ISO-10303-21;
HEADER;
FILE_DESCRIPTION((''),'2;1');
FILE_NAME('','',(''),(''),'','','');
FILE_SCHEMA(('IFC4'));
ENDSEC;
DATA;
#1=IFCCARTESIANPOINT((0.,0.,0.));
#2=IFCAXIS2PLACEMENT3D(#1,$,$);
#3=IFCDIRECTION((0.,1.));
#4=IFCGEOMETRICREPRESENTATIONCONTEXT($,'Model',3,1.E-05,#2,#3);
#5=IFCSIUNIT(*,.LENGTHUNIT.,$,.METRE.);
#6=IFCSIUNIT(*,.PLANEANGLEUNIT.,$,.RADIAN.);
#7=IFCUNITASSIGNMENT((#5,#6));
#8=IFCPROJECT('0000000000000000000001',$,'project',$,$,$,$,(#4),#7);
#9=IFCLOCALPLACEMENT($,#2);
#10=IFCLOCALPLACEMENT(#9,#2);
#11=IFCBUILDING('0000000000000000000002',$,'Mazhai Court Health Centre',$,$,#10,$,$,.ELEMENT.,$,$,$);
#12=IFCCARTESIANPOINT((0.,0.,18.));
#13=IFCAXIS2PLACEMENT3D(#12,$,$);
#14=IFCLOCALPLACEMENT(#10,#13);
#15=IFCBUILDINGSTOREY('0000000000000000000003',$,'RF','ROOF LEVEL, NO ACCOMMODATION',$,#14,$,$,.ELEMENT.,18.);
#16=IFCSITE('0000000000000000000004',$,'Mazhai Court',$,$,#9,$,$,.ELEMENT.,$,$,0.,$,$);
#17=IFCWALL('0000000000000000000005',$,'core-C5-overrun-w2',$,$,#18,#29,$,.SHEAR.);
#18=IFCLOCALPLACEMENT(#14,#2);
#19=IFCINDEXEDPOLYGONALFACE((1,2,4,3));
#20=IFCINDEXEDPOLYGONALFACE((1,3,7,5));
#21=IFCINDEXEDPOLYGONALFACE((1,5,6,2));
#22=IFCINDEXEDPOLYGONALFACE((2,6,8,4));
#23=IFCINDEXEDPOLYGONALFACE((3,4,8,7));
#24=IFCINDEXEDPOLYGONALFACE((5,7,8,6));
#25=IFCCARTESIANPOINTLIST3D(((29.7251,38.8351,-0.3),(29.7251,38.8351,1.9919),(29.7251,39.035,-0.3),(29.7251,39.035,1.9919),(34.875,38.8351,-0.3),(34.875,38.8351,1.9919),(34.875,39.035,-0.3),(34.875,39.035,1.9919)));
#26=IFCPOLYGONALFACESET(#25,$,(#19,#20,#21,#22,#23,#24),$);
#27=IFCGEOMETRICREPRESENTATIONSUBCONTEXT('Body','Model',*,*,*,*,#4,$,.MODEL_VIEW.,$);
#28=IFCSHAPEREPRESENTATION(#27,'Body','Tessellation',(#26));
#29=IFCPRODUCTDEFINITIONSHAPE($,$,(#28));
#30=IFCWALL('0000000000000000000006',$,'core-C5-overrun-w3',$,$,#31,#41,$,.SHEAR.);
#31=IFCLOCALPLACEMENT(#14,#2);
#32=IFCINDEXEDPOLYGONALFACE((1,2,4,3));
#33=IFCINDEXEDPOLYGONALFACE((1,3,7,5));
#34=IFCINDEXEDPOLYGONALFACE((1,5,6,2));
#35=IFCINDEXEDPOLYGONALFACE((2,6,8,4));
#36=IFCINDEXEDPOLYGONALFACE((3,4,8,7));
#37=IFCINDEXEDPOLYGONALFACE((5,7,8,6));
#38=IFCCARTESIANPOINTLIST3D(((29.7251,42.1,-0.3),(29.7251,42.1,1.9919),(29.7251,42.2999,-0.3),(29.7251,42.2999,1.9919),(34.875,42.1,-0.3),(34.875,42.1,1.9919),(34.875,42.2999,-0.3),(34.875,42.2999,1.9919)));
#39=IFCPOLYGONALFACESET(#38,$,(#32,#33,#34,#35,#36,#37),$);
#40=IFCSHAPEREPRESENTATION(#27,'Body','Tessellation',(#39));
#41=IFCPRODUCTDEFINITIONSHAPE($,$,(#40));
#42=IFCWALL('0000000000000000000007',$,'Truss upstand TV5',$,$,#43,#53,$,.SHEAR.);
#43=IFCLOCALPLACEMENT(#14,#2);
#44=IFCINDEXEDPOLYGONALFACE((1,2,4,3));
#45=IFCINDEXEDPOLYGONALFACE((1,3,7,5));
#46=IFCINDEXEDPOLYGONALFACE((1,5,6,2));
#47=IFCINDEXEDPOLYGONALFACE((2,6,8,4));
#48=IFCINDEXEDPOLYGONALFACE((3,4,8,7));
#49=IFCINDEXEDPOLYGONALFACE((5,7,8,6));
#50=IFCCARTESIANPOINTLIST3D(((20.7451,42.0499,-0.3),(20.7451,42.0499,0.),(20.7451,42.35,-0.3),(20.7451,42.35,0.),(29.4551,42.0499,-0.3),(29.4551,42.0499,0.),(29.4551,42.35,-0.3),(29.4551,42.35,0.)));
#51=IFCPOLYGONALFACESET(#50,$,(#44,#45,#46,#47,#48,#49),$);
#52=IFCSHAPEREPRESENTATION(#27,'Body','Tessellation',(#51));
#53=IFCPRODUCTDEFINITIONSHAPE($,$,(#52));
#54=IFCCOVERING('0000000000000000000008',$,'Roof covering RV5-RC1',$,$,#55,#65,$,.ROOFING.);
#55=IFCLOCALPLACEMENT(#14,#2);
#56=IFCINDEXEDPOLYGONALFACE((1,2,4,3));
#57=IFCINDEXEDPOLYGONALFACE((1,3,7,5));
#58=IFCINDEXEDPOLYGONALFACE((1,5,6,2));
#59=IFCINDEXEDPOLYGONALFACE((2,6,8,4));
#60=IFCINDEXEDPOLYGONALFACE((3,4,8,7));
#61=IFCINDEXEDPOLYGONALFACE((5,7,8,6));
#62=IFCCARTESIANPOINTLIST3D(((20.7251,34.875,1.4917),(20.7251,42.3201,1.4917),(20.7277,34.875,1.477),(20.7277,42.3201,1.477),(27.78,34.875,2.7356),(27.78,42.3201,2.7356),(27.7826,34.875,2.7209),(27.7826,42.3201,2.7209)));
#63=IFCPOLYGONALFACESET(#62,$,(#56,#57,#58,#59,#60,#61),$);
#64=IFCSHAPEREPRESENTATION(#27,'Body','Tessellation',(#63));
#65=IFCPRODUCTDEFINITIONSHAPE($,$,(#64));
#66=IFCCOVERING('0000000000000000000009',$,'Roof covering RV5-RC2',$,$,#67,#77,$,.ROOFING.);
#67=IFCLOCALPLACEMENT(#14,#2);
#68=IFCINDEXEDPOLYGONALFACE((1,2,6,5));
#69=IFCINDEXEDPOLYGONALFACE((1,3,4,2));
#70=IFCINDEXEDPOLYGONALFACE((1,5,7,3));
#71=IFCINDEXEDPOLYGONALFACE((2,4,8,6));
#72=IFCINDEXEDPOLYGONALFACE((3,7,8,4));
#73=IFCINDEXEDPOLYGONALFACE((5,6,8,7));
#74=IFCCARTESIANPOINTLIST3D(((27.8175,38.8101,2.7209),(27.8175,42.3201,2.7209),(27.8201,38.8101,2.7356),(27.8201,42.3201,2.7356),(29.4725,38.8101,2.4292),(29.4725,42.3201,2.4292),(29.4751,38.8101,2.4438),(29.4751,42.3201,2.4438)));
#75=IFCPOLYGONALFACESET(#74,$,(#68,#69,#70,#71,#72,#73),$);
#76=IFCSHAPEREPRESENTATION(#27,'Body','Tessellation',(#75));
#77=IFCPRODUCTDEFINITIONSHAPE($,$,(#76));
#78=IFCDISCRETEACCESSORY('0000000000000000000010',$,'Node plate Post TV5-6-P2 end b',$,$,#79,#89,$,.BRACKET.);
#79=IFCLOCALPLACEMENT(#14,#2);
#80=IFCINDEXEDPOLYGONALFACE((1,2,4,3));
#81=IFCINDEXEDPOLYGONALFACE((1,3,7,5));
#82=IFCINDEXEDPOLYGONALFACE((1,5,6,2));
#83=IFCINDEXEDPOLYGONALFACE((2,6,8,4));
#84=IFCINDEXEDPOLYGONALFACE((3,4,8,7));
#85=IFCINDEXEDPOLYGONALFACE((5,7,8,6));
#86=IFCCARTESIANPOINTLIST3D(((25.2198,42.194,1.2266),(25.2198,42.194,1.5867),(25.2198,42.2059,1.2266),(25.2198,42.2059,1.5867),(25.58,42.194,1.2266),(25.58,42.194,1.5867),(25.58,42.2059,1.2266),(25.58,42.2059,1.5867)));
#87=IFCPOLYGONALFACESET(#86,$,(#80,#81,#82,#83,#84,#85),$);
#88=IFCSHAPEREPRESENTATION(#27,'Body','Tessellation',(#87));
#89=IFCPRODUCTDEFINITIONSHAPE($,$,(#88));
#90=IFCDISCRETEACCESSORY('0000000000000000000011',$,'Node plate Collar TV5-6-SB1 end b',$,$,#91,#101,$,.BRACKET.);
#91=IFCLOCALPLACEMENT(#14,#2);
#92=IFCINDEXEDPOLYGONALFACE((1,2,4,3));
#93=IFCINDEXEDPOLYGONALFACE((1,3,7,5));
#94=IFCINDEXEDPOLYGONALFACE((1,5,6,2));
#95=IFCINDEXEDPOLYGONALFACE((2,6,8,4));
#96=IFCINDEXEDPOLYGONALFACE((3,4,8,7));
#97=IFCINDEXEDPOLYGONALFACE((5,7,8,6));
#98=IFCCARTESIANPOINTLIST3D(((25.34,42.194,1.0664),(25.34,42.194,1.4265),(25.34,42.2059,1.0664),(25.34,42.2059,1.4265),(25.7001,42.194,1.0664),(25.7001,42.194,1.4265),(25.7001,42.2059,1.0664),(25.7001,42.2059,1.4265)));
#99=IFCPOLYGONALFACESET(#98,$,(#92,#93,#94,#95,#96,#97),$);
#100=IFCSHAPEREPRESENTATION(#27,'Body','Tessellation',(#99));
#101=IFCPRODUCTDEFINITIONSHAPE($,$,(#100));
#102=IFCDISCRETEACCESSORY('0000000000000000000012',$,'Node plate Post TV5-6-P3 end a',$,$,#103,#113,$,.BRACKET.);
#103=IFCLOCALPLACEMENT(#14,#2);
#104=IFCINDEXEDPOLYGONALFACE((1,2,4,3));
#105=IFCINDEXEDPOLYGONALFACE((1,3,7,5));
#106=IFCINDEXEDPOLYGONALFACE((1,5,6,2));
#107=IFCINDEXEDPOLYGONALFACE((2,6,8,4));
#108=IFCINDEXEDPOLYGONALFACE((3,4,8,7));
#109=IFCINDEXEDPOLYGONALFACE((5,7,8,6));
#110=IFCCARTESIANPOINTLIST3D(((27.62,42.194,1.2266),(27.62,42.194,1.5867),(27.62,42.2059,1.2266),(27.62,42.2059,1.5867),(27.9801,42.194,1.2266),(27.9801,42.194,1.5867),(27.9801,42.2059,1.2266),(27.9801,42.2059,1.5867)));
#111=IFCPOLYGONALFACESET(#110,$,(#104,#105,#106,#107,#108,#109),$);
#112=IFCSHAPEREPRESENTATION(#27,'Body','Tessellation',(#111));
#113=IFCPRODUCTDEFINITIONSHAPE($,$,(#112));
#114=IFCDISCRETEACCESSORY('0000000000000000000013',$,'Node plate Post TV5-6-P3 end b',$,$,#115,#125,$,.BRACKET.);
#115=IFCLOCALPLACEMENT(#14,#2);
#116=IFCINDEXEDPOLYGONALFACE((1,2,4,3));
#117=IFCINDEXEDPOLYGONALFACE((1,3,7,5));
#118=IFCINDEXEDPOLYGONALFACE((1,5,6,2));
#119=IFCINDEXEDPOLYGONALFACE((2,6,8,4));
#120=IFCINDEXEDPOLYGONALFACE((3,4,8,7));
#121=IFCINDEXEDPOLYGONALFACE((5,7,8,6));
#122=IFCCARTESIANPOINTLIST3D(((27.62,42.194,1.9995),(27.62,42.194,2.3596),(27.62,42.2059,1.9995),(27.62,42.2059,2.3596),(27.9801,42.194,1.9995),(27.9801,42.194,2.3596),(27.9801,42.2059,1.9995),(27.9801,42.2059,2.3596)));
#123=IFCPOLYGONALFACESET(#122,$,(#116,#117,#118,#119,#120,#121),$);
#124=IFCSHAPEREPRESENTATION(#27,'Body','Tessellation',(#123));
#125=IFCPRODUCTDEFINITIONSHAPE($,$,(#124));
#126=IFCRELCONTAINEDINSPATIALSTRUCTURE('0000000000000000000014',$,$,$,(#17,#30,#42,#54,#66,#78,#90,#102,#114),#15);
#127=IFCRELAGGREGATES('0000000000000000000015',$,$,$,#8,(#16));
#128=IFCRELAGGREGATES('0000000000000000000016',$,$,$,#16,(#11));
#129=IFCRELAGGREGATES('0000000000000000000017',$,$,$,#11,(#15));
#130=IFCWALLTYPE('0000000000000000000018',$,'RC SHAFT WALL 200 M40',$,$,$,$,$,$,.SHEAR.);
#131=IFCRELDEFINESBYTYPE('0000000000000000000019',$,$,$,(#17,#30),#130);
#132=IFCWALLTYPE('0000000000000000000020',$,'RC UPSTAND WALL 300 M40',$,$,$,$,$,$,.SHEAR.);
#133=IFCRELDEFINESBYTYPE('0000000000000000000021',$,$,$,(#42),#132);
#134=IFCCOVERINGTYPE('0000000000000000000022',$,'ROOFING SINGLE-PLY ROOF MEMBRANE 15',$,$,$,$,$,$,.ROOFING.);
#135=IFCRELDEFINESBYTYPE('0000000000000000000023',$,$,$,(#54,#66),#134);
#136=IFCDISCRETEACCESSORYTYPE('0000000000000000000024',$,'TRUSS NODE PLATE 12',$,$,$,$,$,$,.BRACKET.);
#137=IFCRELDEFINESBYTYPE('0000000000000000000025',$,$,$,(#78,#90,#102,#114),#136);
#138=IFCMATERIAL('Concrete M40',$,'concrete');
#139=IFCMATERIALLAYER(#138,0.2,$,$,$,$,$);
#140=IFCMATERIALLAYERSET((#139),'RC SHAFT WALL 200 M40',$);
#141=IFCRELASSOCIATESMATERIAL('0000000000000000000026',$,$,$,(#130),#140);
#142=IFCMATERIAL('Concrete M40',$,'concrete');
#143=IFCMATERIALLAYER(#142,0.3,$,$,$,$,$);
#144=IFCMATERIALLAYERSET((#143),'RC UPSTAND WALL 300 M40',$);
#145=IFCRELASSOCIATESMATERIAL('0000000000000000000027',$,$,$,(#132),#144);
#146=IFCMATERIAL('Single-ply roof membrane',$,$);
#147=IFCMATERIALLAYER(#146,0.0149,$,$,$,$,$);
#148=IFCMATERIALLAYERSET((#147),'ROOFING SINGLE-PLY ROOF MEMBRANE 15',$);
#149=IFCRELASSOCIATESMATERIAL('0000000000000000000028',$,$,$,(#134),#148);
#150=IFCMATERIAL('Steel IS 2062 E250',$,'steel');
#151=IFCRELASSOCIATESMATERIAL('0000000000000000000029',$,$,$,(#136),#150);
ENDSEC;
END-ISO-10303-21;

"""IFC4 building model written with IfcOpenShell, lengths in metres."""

from ifc_helpers import new_model, si_unit, direction, frame, frame_2d, origin, origin_2d, place, context, subcontext, project, spatial, polyline, rectangle, outline, extrude, material, layer, layer_set, type_object, element, save


model = new_model("IFC4")

# Units and contexts
model_context = context("Model", 3, precision=1e-05, world=origin(), true_north=direction((0.0, 1.0)))
body_context = subcontext(model_context, "Body", "Model", "MODEL_VIEW")
ifc_project = project(units=[si_unit("LENGTHUNIT", "METRE"), si_unit("PLANEANGLEUNIT", "RADIAN")], contexts=[model_context])

# Site, building, storey
site_placement = place(None, origin())
site = spatial("IfcSite", under=ifc_project, at=site_placement, Name="Mazhai Court", CompositionType="ELEMENT", RefElevation=0.0)
building_placement = place(site_placement, origin())
building = spatial("IfcBuilding", under=site, at=building_placement, Name="Mazhai Court Health Centre", CompositionType="ELEMENT")
storey_placement = place(building_placement, frame((0.0, 0.0, 18.0)))
storey = spatial("IfcBuildingStorey", under=building, at=storey_placement, Name="RF", Description="ROOF LEVEL, NO ACCOMMODATION", CompositionType="ELEMENT", Elevation=18.0)

# Walls
ifc_material_1 = material(Name="Concrete M40", Category="concrete")
ifc_layer_1 = layer(ifc_material_1, 0.2)
ifc_layer_set_1 = layer_set([ifc_layer_1], Name="RC SHAFT WALL 200 M40")
wall_type_1 = type_object("IfcWallType", Name="RC SHAFT WALL 200 M40", PredefinedType="SHEAR", material=ifc_layer_set_1)
for number, where, z_axis, x_axis, name in (
    (1, (29.7251, 38.9351, -0.3), (0.0, 0.0, 1.0), (1.0, 0.0, 0.0), "core-C5-overrun-w2"),
    (2, (29.7251, 42.2, -0.3), (0.0, 0.0, 1.0), (1.0, 0.0, 0.0), "core-C5-overrun-w3"),
):
    element("IfcWall", number, at=place(storey_placement, frame(where, z_axis=z_axis, x_axis=x_axis)), inside=storey, type_object=wall_type_1, Name=name, PredefinedType="SHEAR", context=body_context, shape_type="SweptSolid", body=[
        extrude(rectangle(XDim=5.1499, YDim=0.2, at=frame_2d((2.575, 0.0))), origin(), (0.0, 0.0, 1.0), 2.292),
    ])
ifc_material_2 = material(Name="Concrete M40", Category="concrete")
ifc_layer_2 = layer(ifc_material_2, 0.3)
ifc_layer_set_2 = layer_set([ifc_layer_2], Name="RC UPSTAND WALL 300 M40")
wall_type_2 = type_object("IfcWallType", Name="RC UPSTAND WALL 300 M40", PredefinedType="SHEAR", material=ifc_layer_set_2)
wall_1_placement = place(storey_placement, frame((29.4551, 42.2, -0.3), z_axis=(0.0, 0.0, 1.0), x_axis=(-1.0, 0.0, 0.0)))
element("IfcWall", 3, at=wall_1_placement, inside=storey, type_object=wall_type_2, Name="Truss upstand TV5", PredefinedType="SHEAR", context=body_context, shape_type="SweptSolid", body=[
    extrude(rectangle(XDim=8.71, YDim=0.3, at=frame_2d((4.355, 0.0))), origin(), (0.0, 0.0, 1.0), 0.3),
])

# Coverings
ifc_material_3 = material(Name="Single-ply roof membrane")
ifc_layer_3 = layer(ifc_material_3, 0.0149)
ifc_layer_set_3 = layer_set([ifc_layer_3], Name="ROOFING SINGLE-PLY ROOF MEMBRANE 15")
covering_type = type_object("IfcCoveringType", Name="ROOFING SINGLE-PLY ROOF MEMBRANE 15", PredefinedType="ROOFING", material=ifc_layer_set_3)
covering_1_placement = place(storey_placement, frame((27.78, 42.3201, 2.7356), z_axis=(-0.173638, 0.0, 0.98481), x_axis=(0.0, -1.0, 0.0)))
element("IfcCovering", 4, at=covering_1_placement, inside=storey, type_object=covering_type, Name="Roof covering RV5-RC1", PredefinedType="ROOFING", context=body_context, shape_type="SweptSolid", body=[
    extrude(outline(polyline([(0.0, 0.0), (7.4451, 0.0), (7.4451, -7.1638), (0.0, -7.1638), (0.0, 0.0)])), origin(), (0.0, 0.0, -1.0), 0.0149),
])
covering_2_placement = place(storey_placement, frame((27.8201, 42.3201, 2.7356), z_axis=(0.173603, 0.0, 0.984816), x_axis=(0.984816, 0.0, -0.173603)))
element("IfcCovering", 5, at=covering_2_placement, inside=storey, type_object=covering_type, Name="Roof covering RV5-RC2", PredefinedType="ROOFING", context=body_context, shape_type="SweptSolid", body=[
    extrude(outline(polyline([(0.0, 0.0), (1.6805, 0.0), (1.6805, -3.51), (0.0, -3.51), (0.0, 0.0)])), origin(), (0.0, 0.0, -1.0), 0.0149),
])

# Discrete accessories
ifc_material_4 = material(Name="Steel IS 2062 E250", Category="steel")
discrete_accessory_type = type_object("IfcDiscreteAccessoryType", Name="TRUSS NODE PLATE 12", PredefinedType="BRACKET", material=ifc_material_4)
for number, where, z_axis, x_axis, name in (
    (6, (25.3999, 42.2, 1.2266), (0.0, 0.0, 1.0), (1.0, 0.0, 0.0), "Node plate Post TV5-6-P2 end b"),
    (7, (25.52, 42.2, 1.0664), (0.0, 0.0, 1.0), (1.0, 0.0, 0.0), "Node plate Collar TV5-6-SB1 end b"),
    (8, (27.8, 42.2, 1.2266), (0.0, 0.0, 1.0), (1.0, 0.0, 0.0), "Node plate Post TV5-6-P3 end a"),
    (9, (27.8, 42.2, 1.9995), (0.0, 0.0, 1.0), (1.0, 0.0, 0.0), "Node plate Post TV5-6-P3 end b"),
):
    element("IfcDiscreteAccessory", number, at=place(storey_placement, frame(where, z_axis=z_axis, x_axis=x_axis)), inside=storey, type_object=discrete_accessory_type, Name=name, PredefinedType="BRACKET", context=body_context, shape_type="SweptSolid", body=[
        extrude(rectangle(XDim=0.3601, YDim=0.012, at=origin_2d()), origin(), (0.0, 0.0, 1.0), 0.3601),
    ])

save(model, "model.ifc")
